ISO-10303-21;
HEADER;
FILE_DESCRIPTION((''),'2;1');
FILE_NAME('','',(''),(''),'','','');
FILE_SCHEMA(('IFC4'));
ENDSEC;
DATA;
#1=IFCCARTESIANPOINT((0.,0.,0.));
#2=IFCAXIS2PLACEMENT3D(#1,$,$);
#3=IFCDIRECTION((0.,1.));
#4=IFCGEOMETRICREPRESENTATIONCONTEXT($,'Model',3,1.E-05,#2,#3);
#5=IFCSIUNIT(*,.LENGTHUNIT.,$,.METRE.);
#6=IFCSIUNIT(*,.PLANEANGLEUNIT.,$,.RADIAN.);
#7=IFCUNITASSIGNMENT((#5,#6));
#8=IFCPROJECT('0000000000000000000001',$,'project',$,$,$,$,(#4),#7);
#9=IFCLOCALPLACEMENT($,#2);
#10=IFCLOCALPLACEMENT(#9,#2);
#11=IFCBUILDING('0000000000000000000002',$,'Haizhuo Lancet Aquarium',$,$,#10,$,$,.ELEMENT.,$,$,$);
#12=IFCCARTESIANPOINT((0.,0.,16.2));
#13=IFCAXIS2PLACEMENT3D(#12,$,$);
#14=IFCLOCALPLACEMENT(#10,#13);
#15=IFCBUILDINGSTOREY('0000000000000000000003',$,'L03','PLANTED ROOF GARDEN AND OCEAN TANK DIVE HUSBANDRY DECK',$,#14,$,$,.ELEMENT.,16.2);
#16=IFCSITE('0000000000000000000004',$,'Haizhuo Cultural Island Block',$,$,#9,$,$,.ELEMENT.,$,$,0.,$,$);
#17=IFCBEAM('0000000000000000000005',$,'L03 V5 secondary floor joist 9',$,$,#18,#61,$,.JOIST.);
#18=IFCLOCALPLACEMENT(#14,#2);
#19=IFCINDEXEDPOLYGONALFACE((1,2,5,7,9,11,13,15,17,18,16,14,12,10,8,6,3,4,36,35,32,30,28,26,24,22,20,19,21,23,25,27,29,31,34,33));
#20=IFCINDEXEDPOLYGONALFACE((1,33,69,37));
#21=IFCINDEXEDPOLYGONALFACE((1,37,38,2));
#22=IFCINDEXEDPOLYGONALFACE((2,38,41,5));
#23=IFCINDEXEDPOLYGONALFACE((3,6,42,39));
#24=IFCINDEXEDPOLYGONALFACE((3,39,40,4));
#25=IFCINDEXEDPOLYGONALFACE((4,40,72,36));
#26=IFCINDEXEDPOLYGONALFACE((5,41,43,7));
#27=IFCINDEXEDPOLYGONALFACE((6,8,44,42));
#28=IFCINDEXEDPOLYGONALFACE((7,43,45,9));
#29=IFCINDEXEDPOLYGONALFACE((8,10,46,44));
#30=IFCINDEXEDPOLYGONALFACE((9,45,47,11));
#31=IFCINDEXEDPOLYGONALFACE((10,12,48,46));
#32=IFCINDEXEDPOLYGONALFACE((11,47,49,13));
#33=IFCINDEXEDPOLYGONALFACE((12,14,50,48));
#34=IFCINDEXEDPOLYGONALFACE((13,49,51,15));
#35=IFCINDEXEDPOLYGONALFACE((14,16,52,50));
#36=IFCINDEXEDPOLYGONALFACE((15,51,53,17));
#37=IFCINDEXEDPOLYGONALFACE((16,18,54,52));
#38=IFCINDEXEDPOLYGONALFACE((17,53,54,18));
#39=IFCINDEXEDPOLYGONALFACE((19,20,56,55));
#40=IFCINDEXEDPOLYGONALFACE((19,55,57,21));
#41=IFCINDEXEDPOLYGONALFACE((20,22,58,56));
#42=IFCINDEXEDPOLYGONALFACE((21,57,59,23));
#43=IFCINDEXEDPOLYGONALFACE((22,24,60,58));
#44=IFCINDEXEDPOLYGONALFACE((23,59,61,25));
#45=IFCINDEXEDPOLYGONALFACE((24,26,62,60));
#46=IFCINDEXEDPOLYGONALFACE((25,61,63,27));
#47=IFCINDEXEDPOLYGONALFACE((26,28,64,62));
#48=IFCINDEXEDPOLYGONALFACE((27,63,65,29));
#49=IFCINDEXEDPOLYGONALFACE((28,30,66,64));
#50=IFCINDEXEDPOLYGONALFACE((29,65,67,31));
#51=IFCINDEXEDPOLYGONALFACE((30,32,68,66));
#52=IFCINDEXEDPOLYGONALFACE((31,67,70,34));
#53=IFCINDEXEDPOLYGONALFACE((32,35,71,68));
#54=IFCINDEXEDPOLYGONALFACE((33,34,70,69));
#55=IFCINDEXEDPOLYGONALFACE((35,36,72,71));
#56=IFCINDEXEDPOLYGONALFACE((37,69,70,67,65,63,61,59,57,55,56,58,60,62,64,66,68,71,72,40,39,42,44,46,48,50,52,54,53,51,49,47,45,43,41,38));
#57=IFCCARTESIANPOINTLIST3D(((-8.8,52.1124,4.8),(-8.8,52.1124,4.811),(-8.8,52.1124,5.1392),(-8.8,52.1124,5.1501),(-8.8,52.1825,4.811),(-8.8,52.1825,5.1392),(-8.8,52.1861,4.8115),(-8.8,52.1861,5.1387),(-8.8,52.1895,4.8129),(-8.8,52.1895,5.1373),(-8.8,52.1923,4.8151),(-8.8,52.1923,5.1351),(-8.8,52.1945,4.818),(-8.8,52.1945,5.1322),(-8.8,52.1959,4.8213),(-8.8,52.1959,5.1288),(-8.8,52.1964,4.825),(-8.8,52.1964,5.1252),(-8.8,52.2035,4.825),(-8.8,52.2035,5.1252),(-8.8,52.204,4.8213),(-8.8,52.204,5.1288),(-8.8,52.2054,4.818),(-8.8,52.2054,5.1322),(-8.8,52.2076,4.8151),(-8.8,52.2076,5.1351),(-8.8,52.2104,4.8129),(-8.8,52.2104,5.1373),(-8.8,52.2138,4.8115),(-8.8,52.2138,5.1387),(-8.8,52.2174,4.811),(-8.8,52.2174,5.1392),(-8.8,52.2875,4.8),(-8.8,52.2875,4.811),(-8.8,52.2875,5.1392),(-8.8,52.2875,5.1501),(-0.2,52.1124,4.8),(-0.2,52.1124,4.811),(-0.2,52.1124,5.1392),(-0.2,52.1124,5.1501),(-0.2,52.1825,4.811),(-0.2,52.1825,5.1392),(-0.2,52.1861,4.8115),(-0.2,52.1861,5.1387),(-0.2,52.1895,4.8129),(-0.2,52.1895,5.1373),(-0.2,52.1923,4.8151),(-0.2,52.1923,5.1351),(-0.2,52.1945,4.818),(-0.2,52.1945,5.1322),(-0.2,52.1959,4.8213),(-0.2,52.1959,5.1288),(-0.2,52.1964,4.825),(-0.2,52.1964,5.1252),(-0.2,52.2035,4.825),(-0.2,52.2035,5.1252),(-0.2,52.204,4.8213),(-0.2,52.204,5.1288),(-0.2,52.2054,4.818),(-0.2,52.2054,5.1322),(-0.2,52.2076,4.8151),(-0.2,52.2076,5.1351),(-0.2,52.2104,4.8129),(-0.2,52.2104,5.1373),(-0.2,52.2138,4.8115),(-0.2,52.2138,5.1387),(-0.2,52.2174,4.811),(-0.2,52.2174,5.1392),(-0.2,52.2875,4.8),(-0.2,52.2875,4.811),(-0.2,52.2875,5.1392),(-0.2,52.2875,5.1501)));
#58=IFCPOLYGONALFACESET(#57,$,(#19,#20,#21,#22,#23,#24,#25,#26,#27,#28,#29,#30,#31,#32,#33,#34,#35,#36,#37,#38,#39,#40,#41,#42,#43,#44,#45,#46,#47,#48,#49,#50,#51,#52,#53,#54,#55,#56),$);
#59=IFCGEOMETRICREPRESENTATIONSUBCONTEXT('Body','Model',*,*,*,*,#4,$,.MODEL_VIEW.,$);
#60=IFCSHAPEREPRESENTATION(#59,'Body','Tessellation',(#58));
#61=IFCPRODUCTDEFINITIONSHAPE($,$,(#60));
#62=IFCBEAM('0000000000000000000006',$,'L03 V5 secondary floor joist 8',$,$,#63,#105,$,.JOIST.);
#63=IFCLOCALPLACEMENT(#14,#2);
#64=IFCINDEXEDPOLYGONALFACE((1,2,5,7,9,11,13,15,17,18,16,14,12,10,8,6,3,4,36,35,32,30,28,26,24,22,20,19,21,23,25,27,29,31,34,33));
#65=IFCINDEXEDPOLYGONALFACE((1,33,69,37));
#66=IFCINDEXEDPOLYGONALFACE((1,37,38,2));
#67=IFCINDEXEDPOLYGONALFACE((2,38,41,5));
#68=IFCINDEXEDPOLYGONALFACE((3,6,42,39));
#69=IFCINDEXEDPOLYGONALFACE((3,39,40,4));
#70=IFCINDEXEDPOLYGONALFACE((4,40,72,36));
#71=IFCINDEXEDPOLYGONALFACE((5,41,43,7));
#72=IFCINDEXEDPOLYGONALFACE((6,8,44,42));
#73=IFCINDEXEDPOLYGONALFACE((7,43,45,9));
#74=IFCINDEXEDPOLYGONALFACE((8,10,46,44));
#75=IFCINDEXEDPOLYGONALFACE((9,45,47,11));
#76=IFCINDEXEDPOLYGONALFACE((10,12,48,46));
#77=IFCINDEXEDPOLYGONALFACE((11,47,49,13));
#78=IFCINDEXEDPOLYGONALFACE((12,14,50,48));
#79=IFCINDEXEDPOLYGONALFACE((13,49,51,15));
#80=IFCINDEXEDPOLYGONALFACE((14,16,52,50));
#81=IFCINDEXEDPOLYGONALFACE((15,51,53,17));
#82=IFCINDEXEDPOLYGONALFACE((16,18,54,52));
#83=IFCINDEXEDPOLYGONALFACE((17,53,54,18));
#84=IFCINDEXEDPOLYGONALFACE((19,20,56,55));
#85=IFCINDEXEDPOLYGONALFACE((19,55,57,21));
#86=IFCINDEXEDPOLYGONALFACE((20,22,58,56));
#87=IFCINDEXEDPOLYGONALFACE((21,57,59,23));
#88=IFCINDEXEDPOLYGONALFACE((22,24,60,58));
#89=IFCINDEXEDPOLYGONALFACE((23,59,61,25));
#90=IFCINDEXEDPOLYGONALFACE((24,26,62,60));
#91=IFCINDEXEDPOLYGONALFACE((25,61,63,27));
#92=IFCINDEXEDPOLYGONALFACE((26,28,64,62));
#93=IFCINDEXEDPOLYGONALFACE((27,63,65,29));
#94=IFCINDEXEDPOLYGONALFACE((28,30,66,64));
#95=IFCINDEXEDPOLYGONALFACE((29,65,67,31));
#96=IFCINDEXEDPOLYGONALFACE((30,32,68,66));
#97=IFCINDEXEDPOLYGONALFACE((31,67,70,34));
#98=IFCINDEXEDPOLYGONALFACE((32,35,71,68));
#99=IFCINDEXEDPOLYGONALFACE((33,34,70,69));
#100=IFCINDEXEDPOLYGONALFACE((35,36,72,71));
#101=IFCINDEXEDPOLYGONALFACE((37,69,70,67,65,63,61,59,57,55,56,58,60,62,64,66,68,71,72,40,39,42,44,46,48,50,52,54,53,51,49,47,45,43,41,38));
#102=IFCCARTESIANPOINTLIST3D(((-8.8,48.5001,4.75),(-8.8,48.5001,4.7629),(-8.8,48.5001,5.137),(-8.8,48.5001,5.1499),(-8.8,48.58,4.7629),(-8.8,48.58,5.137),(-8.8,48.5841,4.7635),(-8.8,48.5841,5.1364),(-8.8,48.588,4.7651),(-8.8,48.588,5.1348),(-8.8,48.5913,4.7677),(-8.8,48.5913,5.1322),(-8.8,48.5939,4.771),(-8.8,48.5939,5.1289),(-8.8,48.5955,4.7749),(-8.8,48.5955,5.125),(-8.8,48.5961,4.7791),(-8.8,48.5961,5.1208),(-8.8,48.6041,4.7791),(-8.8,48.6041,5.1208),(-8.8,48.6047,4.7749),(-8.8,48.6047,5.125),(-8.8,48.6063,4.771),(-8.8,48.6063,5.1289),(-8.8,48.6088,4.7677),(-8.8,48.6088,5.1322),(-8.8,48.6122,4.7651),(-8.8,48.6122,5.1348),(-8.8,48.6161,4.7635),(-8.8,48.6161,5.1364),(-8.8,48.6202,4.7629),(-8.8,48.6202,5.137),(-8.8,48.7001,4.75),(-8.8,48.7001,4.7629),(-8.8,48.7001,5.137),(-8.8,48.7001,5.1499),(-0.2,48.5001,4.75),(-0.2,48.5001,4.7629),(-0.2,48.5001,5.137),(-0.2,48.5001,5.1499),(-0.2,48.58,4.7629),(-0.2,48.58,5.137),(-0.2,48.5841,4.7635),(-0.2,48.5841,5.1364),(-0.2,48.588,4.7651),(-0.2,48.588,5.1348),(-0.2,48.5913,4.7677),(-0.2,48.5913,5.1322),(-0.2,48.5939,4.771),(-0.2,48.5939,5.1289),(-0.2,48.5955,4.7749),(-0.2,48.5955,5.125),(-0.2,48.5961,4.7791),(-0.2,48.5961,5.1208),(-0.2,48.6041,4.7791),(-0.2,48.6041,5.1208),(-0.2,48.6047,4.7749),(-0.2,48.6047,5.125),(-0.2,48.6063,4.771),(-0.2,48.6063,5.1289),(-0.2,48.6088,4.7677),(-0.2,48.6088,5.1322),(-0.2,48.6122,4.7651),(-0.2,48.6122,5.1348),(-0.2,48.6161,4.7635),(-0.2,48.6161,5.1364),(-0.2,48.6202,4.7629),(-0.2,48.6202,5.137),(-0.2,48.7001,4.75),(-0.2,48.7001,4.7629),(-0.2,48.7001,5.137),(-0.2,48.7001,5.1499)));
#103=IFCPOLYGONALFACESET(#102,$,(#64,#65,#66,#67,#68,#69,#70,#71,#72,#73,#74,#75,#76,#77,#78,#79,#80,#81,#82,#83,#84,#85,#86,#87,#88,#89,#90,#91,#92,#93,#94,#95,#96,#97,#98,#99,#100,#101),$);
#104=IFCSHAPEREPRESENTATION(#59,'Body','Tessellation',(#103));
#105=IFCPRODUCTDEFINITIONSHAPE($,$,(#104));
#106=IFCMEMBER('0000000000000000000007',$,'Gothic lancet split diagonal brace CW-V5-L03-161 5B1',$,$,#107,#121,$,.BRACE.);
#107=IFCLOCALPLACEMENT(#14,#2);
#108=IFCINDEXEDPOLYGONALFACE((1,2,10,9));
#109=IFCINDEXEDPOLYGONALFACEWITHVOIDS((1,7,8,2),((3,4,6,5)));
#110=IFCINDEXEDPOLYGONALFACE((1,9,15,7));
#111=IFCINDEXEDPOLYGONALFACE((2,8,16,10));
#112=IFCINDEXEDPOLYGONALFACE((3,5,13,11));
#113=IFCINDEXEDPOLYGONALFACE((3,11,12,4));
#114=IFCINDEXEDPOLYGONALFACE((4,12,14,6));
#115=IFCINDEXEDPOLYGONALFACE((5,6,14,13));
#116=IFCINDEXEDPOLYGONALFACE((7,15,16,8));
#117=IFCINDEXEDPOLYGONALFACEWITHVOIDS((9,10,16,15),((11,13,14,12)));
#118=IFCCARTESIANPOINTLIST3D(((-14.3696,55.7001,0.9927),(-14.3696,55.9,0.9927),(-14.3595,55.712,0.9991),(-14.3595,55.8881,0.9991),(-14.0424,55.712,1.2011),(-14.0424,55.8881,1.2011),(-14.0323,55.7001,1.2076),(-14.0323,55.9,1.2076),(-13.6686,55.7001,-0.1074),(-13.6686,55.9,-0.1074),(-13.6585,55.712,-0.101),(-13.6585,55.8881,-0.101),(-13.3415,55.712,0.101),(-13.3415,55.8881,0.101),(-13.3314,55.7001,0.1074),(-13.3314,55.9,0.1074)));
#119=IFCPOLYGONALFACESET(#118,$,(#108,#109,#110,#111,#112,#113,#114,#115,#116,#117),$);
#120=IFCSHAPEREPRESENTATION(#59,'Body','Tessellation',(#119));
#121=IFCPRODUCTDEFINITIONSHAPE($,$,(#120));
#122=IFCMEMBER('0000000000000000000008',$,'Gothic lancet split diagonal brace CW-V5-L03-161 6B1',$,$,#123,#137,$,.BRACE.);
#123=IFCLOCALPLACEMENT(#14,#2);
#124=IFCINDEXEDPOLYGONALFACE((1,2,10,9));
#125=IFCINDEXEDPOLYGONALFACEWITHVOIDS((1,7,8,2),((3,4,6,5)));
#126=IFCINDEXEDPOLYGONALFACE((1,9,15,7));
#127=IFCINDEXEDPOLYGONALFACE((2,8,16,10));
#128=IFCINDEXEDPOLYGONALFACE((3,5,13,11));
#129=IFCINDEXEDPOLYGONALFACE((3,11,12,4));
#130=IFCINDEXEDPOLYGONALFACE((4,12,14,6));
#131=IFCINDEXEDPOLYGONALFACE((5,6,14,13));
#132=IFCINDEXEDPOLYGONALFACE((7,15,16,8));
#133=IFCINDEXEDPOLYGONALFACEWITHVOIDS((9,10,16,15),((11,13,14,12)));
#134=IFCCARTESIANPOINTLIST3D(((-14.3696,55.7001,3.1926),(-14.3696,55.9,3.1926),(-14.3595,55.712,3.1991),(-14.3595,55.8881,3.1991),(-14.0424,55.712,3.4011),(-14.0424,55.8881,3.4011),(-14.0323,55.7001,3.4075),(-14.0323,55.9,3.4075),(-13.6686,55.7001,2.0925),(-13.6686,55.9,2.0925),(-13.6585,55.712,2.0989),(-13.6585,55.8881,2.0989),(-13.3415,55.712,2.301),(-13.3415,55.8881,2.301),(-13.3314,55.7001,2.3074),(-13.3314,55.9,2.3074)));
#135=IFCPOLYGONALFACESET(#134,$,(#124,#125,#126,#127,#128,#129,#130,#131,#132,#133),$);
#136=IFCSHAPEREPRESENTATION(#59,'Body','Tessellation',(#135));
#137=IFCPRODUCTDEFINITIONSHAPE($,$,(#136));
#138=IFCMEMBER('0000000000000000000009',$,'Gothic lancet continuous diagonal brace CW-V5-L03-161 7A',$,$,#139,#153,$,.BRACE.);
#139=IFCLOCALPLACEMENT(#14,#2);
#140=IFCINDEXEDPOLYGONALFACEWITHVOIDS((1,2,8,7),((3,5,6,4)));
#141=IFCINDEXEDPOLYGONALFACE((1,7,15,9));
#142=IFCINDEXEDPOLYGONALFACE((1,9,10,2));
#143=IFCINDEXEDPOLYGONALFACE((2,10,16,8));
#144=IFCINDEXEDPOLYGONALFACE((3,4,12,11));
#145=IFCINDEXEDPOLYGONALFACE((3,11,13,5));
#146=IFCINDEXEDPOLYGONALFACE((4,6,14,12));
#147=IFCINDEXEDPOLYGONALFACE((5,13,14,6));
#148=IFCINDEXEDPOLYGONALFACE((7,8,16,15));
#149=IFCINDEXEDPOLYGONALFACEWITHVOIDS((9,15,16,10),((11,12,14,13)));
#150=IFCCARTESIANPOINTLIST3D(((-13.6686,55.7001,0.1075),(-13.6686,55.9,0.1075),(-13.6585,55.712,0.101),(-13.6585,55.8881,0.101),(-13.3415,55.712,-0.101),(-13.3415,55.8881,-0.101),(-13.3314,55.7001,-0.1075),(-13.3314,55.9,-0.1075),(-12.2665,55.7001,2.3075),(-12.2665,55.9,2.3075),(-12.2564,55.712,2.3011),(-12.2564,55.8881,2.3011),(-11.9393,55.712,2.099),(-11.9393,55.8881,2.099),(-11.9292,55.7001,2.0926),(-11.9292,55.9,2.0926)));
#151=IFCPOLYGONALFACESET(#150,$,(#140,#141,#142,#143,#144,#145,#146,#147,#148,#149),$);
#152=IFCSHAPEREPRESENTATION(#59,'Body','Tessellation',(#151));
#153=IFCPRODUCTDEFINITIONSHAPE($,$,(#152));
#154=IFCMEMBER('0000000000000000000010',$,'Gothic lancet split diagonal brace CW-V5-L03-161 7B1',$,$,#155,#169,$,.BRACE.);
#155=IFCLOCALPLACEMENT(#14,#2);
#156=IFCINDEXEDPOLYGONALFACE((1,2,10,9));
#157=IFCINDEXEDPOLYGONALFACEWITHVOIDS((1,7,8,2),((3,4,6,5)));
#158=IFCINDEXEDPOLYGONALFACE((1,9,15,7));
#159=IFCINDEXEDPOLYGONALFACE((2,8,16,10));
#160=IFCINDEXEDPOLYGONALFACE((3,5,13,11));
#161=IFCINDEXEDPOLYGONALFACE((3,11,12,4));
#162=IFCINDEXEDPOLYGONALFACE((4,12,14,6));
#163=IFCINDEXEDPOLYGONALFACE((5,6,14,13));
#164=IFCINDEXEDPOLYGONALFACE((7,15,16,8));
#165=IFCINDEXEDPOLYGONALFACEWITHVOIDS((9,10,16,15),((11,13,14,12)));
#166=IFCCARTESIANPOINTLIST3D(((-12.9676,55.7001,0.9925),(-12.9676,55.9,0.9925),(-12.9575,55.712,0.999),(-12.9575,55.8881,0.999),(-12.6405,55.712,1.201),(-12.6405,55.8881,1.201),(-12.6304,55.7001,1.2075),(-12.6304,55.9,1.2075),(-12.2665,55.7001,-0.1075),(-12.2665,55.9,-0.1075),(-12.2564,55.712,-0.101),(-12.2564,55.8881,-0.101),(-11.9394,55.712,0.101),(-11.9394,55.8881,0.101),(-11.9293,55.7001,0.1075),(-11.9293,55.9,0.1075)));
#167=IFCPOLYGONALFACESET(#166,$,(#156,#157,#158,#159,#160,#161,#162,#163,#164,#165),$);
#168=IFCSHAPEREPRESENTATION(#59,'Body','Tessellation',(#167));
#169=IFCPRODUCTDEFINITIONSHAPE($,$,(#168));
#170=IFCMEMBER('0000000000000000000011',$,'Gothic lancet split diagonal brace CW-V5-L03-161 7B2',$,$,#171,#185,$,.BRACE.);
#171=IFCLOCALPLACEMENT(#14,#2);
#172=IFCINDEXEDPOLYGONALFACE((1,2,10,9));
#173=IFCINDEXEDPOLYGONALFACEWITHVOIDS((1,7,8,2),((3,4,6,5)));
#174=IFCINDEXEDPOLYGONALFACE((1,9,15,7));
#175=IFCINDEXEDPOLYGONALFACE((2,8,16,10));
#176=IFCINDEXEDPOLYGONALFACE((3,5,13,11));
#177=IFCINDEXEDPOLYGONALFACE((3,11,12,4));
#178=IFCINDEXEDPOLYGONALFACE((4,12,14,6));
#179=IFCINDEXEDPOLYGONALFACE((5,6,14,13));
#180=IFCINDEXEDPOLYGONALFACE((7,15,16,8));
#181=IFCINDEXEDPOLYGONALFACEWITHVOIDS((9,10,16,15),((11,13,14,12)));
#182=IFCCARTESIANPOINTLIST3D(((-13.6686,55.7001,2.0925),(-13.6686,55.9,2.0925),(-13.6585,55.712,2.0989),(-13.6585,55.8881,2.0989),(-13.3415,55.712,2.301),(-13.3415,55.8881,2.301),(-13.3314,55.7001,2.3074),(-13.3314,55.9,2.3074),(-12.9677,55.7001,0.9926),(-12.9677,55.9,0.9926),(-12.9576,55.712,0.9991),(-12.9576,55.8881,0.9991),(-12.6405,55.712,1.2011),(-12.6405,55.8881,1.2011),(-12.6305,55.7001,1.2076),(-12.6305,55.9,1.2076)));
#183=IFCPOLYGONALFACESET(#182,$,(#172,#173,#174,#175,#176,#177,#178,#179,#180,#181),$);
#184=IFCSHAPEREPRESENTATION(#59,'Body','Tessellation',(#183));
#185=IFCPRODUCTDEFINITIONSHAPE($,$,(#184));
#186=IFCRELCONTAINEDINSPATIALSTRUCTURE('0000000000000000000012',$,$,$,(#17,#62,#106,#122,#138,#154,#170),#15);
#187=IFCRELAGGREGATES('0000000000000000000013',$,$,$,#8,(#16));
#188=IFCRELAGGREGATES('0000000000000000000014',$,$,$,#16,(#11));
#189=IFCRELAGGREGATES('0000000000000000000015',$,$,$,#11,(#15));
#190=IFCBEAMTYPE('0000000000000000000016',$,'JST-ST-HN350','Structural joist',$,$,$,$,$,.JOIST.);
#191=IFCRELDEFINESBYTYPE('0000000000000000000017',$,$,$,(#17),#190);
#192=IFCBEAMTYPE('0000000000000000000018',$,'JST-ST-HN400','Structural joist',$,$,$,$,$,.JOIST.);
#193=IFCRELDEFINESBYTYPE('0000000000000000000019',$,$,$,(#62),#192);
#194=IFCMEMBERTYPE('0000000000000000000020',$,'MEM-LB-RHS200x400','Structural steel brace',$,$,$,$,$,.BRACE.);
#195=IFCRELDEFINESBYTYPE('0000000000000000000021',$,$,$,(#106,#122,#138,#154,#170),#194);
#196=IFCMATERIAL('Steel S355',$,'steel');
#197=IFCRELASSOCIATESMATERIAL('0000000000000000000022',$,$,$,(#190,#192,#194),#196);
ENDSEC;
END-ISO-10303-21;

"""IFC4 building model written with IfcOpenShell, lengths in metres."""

from ifc_helpers import new_model, si_unit, direction, frame, origin, origin_2d, place, context, subcontext, project, spatial, hollow_rectangle, i_section, extrude, material, material_profile, profile_set, type_object, element, save


model = new_model("IFC4")

# Units and contexts
model_context = context("Model", 3, precision=1e-05, world=origin(), true_north=direction((0.0, 1.0)))
body_context = subcontext(model_context, "Body", "Model", "MODEL_VIEW")
ifc_project = project(units=[si_unit("LENGTHUNIT", "METRE"), si_unit("PLANEANGLEUNIT", "RADIAN")], contexts=[model_context])

# Site, building, storey
site_placement = place(None, origin())
site = spatial("IfcSite", under=ifc_project, at=site_placement, Name="Haizhuo Cultural Island Block", CompositionType="ELEMENT", RefElevation=0.0)
building_placement = place(site_placement, origin())
building = spatial("IfcBuilding", under=site, at=building_placement, Name="Haizhuo Lancet Aquarium", CompositionType="ELEMENT")
storey_placement = place(building_placement, frame((0.0, 0.0, 16.2)))
storey = spatial("IfcBuildingStorey", under=building, at=storey_placement, Name="L03", Description="PLANTED ROOF GARDEN AND OCEAN TANK DIVE HUSBANDRY DECK", CompositionType="ELEMENT", Elevation=16.2)

# Beams
ifc_material_1 = material(Name="Steel S355", Category="steel")
ifc_material_profile_1 = material_profile(ifc_material_1, i_section(OverallWidth=0.175, OverallDepth=0.3501, WebThickness=0.0071, FlangeThickness=0.011, FilletRadius=0.0139, at=origin_2d()), Name="HN 350x175x7x11")
ifc_profile_set_1 = profile_set([ifc_material_profile_1], Name="Steel S355")
beam_type_1 = type_object("IfcBeamType", Name="JST-ST-HN350", Description="Structural joist", PredefinedType="JOIST", material=ifc_profile_set_1)
beam_1_placement = place(storey_placement, frame((-8.8, 52.2, 4.9751), z_axis=(1.0, 0.0, 0.0), x_axis=(0.0, 1.0, 0.0)))
element("IfcBeam", 1, at=beam_1_placement, inside=storey, type_object=beam_type_1, Name="L03 V5 secondary floor joist 9", PredefinedType="JOIST", context=body_context, shape_type="SweptSolid", body=[
    extrude(i_section(OverallWidth=0.175, OverallDepth=0.3501, WebThickness=0.0071, FlangeThickness=0.011, FilletRadius=0.0139, at=origin_2d()), origin(), (0.0, 0.0, 1.0), 8.6001),
])
ifc_material_profile_2 = material_profile(ifc_material_1, i_section(OverallWidth=0.2, OverallDepth=0.3999, WebThickness=0.0081, FlangeThickness=0.0129, FilletRadius=0.0161, at=origin_2d()), Name="HN 400x200x8x13")
ifc_profile_set_2 = profile_set([ifc_material_profile_2], Name="Steel S355")
beam_type_2 = type_object("IfcBeamType", Name="JST-ST-HN400", Description="Structural joist", PredefinedType="JOIST", material=ifc_profile_set_2)
beam_2_placement = place(storey_placement, frame((-8.8, 48.6001, 4.95), z_axis=(1.0, 0.0, 0.0), x_axis=(0.0, 1.0, 0.0)))
element("IfcBeam", 2, at=beam_2_placement, inside=storey, type_object=beam_type_2, Name="L03 V5 secondary floor joist 8", PredefinedType="JOIST", context=body_context, shape_type="SweptSolid", body=[
    extrude(i_section(OverallWidth=0.2, OverallDepth=0.3999, WebThickness=0.0081, FlangeThickness=0.0129, FilletRadius=0.0161, at=origin_2d()), origin(), (0.0, 0.0, 1.0), 8.6001),
])

# Members
ifc_material_profile_3 = material_profile(ifc_material_1, hollow_rectangle(XDim=0.2, YDim=0.3999, WallThickness=0.012, at=origin_2d()), Name="RHS 200x400x12")
ifc_profile_set_3 = profile_set([ifc_material_profile_3], Name="Steel S355")
member_type_1 = type_object("IfcMemberType", Name="MEM-LB-RHS200x400", Description="Structural steel brace", PredefinedType="BRACE", material=ifc_profile_set_3)
for number, where, z_axis, x_axis, name in (
    (3, (-13.5, 55.8, 0.0), (-0.537348, 0.0, 0.843361), (0.0, -1.0, 0.0), "Gothic lancet split diagonal brace CW-V5-L03-161 5B1"),
    (4, (-13.5, 55.8, 2.2), (-0.537348, 0.0, 0.843361), (0.0, -1.0, 0.0), "Gothic lancet split diagonal brace CW-V5-L03-161 6B1"),
):
    element("IfcMember", number, at=place(storey_placement, frame(where, z_axis=z_axis, x_axis=x_axis)), inside=storey, type_object=member_type_1, Name=name, PredefinedType="BRACE", context=body_context, shape_type="SweptSolid", body=[
        extrude(hollow_rectangle(XDim=0.2, YDim=0.3999, WallThickness=0.012, at=origin_2d()), origin(), (0.0, 0.0, 1.0), 1.3044),
    ])
member_1_placement = place(storey_placement, frame((-13.5, 55.8, 0.0), z_axis=(0.537457, 0.0, 0.843291), x_axis=(0.0, 1.0, 0.0)))
element("IfcMember", 5, at=member_1_placement, inside=storey, type_object=member_type_1, Name="Gothic lancet continuous diagonal brace CW-V5-L03-161 7A", PredefinedType="BRACE", context=body_context, shape_type="SweptSolid", body=[
    extrude(hollow_rectangle(XDim=0.2, YDim=0.3999, WallThickness=0.012, at=origin_2d()), origin(), (0.0, 0.0, 1.0), 2.6089),
])
member_2_placement = place(storey_placement, frame((-12.0979, 55.8, 0.0), z_axis=(-0.537481, 0.0, 0.843276), x_axis=(0.0, -1.0, 0.0)))
element("IfcMember", 6, at=member_2_placement, inside=storey, type_object=member_type_1, Name="Gothic lancet split diagonal brace CW-V5-L03-161 7B1", PredefinedType="BRACE", context=body_context, shape_type="SweptSolid", body=[
    extrude(hollow_rectangle(XDim=0.2, YDim=0.3999, WallThickness=0.012, at=origin_2d()), origin(), (0.0, 0.0, 1.0), 1.3044),
])
member_3_placement = place(storey_placement, frame((-12.7991, 55.8, 1.1001), z_axis=(-0.537433, 0.0, 0.843307), x_axis=(0.0, -1.0, 0.0)))
element("IfcMember", 7, at=member_3_placement, inside=storey, type_object=member_type_1, Name="Gothic lancet split diagonal brace CW-V5-L03-161 7B2", PredefinedType="BRACE", context=body_context, shape_type="SweptSolid", body=[
    extrude(hollow_rectangle(XDim=0.2, YDim=0.3999, WallThickness=0.012, at=origin_2d()), origin(), (0.0, 0.0, 1.0), 1.3042),
])

save(model, "model.ifc")
